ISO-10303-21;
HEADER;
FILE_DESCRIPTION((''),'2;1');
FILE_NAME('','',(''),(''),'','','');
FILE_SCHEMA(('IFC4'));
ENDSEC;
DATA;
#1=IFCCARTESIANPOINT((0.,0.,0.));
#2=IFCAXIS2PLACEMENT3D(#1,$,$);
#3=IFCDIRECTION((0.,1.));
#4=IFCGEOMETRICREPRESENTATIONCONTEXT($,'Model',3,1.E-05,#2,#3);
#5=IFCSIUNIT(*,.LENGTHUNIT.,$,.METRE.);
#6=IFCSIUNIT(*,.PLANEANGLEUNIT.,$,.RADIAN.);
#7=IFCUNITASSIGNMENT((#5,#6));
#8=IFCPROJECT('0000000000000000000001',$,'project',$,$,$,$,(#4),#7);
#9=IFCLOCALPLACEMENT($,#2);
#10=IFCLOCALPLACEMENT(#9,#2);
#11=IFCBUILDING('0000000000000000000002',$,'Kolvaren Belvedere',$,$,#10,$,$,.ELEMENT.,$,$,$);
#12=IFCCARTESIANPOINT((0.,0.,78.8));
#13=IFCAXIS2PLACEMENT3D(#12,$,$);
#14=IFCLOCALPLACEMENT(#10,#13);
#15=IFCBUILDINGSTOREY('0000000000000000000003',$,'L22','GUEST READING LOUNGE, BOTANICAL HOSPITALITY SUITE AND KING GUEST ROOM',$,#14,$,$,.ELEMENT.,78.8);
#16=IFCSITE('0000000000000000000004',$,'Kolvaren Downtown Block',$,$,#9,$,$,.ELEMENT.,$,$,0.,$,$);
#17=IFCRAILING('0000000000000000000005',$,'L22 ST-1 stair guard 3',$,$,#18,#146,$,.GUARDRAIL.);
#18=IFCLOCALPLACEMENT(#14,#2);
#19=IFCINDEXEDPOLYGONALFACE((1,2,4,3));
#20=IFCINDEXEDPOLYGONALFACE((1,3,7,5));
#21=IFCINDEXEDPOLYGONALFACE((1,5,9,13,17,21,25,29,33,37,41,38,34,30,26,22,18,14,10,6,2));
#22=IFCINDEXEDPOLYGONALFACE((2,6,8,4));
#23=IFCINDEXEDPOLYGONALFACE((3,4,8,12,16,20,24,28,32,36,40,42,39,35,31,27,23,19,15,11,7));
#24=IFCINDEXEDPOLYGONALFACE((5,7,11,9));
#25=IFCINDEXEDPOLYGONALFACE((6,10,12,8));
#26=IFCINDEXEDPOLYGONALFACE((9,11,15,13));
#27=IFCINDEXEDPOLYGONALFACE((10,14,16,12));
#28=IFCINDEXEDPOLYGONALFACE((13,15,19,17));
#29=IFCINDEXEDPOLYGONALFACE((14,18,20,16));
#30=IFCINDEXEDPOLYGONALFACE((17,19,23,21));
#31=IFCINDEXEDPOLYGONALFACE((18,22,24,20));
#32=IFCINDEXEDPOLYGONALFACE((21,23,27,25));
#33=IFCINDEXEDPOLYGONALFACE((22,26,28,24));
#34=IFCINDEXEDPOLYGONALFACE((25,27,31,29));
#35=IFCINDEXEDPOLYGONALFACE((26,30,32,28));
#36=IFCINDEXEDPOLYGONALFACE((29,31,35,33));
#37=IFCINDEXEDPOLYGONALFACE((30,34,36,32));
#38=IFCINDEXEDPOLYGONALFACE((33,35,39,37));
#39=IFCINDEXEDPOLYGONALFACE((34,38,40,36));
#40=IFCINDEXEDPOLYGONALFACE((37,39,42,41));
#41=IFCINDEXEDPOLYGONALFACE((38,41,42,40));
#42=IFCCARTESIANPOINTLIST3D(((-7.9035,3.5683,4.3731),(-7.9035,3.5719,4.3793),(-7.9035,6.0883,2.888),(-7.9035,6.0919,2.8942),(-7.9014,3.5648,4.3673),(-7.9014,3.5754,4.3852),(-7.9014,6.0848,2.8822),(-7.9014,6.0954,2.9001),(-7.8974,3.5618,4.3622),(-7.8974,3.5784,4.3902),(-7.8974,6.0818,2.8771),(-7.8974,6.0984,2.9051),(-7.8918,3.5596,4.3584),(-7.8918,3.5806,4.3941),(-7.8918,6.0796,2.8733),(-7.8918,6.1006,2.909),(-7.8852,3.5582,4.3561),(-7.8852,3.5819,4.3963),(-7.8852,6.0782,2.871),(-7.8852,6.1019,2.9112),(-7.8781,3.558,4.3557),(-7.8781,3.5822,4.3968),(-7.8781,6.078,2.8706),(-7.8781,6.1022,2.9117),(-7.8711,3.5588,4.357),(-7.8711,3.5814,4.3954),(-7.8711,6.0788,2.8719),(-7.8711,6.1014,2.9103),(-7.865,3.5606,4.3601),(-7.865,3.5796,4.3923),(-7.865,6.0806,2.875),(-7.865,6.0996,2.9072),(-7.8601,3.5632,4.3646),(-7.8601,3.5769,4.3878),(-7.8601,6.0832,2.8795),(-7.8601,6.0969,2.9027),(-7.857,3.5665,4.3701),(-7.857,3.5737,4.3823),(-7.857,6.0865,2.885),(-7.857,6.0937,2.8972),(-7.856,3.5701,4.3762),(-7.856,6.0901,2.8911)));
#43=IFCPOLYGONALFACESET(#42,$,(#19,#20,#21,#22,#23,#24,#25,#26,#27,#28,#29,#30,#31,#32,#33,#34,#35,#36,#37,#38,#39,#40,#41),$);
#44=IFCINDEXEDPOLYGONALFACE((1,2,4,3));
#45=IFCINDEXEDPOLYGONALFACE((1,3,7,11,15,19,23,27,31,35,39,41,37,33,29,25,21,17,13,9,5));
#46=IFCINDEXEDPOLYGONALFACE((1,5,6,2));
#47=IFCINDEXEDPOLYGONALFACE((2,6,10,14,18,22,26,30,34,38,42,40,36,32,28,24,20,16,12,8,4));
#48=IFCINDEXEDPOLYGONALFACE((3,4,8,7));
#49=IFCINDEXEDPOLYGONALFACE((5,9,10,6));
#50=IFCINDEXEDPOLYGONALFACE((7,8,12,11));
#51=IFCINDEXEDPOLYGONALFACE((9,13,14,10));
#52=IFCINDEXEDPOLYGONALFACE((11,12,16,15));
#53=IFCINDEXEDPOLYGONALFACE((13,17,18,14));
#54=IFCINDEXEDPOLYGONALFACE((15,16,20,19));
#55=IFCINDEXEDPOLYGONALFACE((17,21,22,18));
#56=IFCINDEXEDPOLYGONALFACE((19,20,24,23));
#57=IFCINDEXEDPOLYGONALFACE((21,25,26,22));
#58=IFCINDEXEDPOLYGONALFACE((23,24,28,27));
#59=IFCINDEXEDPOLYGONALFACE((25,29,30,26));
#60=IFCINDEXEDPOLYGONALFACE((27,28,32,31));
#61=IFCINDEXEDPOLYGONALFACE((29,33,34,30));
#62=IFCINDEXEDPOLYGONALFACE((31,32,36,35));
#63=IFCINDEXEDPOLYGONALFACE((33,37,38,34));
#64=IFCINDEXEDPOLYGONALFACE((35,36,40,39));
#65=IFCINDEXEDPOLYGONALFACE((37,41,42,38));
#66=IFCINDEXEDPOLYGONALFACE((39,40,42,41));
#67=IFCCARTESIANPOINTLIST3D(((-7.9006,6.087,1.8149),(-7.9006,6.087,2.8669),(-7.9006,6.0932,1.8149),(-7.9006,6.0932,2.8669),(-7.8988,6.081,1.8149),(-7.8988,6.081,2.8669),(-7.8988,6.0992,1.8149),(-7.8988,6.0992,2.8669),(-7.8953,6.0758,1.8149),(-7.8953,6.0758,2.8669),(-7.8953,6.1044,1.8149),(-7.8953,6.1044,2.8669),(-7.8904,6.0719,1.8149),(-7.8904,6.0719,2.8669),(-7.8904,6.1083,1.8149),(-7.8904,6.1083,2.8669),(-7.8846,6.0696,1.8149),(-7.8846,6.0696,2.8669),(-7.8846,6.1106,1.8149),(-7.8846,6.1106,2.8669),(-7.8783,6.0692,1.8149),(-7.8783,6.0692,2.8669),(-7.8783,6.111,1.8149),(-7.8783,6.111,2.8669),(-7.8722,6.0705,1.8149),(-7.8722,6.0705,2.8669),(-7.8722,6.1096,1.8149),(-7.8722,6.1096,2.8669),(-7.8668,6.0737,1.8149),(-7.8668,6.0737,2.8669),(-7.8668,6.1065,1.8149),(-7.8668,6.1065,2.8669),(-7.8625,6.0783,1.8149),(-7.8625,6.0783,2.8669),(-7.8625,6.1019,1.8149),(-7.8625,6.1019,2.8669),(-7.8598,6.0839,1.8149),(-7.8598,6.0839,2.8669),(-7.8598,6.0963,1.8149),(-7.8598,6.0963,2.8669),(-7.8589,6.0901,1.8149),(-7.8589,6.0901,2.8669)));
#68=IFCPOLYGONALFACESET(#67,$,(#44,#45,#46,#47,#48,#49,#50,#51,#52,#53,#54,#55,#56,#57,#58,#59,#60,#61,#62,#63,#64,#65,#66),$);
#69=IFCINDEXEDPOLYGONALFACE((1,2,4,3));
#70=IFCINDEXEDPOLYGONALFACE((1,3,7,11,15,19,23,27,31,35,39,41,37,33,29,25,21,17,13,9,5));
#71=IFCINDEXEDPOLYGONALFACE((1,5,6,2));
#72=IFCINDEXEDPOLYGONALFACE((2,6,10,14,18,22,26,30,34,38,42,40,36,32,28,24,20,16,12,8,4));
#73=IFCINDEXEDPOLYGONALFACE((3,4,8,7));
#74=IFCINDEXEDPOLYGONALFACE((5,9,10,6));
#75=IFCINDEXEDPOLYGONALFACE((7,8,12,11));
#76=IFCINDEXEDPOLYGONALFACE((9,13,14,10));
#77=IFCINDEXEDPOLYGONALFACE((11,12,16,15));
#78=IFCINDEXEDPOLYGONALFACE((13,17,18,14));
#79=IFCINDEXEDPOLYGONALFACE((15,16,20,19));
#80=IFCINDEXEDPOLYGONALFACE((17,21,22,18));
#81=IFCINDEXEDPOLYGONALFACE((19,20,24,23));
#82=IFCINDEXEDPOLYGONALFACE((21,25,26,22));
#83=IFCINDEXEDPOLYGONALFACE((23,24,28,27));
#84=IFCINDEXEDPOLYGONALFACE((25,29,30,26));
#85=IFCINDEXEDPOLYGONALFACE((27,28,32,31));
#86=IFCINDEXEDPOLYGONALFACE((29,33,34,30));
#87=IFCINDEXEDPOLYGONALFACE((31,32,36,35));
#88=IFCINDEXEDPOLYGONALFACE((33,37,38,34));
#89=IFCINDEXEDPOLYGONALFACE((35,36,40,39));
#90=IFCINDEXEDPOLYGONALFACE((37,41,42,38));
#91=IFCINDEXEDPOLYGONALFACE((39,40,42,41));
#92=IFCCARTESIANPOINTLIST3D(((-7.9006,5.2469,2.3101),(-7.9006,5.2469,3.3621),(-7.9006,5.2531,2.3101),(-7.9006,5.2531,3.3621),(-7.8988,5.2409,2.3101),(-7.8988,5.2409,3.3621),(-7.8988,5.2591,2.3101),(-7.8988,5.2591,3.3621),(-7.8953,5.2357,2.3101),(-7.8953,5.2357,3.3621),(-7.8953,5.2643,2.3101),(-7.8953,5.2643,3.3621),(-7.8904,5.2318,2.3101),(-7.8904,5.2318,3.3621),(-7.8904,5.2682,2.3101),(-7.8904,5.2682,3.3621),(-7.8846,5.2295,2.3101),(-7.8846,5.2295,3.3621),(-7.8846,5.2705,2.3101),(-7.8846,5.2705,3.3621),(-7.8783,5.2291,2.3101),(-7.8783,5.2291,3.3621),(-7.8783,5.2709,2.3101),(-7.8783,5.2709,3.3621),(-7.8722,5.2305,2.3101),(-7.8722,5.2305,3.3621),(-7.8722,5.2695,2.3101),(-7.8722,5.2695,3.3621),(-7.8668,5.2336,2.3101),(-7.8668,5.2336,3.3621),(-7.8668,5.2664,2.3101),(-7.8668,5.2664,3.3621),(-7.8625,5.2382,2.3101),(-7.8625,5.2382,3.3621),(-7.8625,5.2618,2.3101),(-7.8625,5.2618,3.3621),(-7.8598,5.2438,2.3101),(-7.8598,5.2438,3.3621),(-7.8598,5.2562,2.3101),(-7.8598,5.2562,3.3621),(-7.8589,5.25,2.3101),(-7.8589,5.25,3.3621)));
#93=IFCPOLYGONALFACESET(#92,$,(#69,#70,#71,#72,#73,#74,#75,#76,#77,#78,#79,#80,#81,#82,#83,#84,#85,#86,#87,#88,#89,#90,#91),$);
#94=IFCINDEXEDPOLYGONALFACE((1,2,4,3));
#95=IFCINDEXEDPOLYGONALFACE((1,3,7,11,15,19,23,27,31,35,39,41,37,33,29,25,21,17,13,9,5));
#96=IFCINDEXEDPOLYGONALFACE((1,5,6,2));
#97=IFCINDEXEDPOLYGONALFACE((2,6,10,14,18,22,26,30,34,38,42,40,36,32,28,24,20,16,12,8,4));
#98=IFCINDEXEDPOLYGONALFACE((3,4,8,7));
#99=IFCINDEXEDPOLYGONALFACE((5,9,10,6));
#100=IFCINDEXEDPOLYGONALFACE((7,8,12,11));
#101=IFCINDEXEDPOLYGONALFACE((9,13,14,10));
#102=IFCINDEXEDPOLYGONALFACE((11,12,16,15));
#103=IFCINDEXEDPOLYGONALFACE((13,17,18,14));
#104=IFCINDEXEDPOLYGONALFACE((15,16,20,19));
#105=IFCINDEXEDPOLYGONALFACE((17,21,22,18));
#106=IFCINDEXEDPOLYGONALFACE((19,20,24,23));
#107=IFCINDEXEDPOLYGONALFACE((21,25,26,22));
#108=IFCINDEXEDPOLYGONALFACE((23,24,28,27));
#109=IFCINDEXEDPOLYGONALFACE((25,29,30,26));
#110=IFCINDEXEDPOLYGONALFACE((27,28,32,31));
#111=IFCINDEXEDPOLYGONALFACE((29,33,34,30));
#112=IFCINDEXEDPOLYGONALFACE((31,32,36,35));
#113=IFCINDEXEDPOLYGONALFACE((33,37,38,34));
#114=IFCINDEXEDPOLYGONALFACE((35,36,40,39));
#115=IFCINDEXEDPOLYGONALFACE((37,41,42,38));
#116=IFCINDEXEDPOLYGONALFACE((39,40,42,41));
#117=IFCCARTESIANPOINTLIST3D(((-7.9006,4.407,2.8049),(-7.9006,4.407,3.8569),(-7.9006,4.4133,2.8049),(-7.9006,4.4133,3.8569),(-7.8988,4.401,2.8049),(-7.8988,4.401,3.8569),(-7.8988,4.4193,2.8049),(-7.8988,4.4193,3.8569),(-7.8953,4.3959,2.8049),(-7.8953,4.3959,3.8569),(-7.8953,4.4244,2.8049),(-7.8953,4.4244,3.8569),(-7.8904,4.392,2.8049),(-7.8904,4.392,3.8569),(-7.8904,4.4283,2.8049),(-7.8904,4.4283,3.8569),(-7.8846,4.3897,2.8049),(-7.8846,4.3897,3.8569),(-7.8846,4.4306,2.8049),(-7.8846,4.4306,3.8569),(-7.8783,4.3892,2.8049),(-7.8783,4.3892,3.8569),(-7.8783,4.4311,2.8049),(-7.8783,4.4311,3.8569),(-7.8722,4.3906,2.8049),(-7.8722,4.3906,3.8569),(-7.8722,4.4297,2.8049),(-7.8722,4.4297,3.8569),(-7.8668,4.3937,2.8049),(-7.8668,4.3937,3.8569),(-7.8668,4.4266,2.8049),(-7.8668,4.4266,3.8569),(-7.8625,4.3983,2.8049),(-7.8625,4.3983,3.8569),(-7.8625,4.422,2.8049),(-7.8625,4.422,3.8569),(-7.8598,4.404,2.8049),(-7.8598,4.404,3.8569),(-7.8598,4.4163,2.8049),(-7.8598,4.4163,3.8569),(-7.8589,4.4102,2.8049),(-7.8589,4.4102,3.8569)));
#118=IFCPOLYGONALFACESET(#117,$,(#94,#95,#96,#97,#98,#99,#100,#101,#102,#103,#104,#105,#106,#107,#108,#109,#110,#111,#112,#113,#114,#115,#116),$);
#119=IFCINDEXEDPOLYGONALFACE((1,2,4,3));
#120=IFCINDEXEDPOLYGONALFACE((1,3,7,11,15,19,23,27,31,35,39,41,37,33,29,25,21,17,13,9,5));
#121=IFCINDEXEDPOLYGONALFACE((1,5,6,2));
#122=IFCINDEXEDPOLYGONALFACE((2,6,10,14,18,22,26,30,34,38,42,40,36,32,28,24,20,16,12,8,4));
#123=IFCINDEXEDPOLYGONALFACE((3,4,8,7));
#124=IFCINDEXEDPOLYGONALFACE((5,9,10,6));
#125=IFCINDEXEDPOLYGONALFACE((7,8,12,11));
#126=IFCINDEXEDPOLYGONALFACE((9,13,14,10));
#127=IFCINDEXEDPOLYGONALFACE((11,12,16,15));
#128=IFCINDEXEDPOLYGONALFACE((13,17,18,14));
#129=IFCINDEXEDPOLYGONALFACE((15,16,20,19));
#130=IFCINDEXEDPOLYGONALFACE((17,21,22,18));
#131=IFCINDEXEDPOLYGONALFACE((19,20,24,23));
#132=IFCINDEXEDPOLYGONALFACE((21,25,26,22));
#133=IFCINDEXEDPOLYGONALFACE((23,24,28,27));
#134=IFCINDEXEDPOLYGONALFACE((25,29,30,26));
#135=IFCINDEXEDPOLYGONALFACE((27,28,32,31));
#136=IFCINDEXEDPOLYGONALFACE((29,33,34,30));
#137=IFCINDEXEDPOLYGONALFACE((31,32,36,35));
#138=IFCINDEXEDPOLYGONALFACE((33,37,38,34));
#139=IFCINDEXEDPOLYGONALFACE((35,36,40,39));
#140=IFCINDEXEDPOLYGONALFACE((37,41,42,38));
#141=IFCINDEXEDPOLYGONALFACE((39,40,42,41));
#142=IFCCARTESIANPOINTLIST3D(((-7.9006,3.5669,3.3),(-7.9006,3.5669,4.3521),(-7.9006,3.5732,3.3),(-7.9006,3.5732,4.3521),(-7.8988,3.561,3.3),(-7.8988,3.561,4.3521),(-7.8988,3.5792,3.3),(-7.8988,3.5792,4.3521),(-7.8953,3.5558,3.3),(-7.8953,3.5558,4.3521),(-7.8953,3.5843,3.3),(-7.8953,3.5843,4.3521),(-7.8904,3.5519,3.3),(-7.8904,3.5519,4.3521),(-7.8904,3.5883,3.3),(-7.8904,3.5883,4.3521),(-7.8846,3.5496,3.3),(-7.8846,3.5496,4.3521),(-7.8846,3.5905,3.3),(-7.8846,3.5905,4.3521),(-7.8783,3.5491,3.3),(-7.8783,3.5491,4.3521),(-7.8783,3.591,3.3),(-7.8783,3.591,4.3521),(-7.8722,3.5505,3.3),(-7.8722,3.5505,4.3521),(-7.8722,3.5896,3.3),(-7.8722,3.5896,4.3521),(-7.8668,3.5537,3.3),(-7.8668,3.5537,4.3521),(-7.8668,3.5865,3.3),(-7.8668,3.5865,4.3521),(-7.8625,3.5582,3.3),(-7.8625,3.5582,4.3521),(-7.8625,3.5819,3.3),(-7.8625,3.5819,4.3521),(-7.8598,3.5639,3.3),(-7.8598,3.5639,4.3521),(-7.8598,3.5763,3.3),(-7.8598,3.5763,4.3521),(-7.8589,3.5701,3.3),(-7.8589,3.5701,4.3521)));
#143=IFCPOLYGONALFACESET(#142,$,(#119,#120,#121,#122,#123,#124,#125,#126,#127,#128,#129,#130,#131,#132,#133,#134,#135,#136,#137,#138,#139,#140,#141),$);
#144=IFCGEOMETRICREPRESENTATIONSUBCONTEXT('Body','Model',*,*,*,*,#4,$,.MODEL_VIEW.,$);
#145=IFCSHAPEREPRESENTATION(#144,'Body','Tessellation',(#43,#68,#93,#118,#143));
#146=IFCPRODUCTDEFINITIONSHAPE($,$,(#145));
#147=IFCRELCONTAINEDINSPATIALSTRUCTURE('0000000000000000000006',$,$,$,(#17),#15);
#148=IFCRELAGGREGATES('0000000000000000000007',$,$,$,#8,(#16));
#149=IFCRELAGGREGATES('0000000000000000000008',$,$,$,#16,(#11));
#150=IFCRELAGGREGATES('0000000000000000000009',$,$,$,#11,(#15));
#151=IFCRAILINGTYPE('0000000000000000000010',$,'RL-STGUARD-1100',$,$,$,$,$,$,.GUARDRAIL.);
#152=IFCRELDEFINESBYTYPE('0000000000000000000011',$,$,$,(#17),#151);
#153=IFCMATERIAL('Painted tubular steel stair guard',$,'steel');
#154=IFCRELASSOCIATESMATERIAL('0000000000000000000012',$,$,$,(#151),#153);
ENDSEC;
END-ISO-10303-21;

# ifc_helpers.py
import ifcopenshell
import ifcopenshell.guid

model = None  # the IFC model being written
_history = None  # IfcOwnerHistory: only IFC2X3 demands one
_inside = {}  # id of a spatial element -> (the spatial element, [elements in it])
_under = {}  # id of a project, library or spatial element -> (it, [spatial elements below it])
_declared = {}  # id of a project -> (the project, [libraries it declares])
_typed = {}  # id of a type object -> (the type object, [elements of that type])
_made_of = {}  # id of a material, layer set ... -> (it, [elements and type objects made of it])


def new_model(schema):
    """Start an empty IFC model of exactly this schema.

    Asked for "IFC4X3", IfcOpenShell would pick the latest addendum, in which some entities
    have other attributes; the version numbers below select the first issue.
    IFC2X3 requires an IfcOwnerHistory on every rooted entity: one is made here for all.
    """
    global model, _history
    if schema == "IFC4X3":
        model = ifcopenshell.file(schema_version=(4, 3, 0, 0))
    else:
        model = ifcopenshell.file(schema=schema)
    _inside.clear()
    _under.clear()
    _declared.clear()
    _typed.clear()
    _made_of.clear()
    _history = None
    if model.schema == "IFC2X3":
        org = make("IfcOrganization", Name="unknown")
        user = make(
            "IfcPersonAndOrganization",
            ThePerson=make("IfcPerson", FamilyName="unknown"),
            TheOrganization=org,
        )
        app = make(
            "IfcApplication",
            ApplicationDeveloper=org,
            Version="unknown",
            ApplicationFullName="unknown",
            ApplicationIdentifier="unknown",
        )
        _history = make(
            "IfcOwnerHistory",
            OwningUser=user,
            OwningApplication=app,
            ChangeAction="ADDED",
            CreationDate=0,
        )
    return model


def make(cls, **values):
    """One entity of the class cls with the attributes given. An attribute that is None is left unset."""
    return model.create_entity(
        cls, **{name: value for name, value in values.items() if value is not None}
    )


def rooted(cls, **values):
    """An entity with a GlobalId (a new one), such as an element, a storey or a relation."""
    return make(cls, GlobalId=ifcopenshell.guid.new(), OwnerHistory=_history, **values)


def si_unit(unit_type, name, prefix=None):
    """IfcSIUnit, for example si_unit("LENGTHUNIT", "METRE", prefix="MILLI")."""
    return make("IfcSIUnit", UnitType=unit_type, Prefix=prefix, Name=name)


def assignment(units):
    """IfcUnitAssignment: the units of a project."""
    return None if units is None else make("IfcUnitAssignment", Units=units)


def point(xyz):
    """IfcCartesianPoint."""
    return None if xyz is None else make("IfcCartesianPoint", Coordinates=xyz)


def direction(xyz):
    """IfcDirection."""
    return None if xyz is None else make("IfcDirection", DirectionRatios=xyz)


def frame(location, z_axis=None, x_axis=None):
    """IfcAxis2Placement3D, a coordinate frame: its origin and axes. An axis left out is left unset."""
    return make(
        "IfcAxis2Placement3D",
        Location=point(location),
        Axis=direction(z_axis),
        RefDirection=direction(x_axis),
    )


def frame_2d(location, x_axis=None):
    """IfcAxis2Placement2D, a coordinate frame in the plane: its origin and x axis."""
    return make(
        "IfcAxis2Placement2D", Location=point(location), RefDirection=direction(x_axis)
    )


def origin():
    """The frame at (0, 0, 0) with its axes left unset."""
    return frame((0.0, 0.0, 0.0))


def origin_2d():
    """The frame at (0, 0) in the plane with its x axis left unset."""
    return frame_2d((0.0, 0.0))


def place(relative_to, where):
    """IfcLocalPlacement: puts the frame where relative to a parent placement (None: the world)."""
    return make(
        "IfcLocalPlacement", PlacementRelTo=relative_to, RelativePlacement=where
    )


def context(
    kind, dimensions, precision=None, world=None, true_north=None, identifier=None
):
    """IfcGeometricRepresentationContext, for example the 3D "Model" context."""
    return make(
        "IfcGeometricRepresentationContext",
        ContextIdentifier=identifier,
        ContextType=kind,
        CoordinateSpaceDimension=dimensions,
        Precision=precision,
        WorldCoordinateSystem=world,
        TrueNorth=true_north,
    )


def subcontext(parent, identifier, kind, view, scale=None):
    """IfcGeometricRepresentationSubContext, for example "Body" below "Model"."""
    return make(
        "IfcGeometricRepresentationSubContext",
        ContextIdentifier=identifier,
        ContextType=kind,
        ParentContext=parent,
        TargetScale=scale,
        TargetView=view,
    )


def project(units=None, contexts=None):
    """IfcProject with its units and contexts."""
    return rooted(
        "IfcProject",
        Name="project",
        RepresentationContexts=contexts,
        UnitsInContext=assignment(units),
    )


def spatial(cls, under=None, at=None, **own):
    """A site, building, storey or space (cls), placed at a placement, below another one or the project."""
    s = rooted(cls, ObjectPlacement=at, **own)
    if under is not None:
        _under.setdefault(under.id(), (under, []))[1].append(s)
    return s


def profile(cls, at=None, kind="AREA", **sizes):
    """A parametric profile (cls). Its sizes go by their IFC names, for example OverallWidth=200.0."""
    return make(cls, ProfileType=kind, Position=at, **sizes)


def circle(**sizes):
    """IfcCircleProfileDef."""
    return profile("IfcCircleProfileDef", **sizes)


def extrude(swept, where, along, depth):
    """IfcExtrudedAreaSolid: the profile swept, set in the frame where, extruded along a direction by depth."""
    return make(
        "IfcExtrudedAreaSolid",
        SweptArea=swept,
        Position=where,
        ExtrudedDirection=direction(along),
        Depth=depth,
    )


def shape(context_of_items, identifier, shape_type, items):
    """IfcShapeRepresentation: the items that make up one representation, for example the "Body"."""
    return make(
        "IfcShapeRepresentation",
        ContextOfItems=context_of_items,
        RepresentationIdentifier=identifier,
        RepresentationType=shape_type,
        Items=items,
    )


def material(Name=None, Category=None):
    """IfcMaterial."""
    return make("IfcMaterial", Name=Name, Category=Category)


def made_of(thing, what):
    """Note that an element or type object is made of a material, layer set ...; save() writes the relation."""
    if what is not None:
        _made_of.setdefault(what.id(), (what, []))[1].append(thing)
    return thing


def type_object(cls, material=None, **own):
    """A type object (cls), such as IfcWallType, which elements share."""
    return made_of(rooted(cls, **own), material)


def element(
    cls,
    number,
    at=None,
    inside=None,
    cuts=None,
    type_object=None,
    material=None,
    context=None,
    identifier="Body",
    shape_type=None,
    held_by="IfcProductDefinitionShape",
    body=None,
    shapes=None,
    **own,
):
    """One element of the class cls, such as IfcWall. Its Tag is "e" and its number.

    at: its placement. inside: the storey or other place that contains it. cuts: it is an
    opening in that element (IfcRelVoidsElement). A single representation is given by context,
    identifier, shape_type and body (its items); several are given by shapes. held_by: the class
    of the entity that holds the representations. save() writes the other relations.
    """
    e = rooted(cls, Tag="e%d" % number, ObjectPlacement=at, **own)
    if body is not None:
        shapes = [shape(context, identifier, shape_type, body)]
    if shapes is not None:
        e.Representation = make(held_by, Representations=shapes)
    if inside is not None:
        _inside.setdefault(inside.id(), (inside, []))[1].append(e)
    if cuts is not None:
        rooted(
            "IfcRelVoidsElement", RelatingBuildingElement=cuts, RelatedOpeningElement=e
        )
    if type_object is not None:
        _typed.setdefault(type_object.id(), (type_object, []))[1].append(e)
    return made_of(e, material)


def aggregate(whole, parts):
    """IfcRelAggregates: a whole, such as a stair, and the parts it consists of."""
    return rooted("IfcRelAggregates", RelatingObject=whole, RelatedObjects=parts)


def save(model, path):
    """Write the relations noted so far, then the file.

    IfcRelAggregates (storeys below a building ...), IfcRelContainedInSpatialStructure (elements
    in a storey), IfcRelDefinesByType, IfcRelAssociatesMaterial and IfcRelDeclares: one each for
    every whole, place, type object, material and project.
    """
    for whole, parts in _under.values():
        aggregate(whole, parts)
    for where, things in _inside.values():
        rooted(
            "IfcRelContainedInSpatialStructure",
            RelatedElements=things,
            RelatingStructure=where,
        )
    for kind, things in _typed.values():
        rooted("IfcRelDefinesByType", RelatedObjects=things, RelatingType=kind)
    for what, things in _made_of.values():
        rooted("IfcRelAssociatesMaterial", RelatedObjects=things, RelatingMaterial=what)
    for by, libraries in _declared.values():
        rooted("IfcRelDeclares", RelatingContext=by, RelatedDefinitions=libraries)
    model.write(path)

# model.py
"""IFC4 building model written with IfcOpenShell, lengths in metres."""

from ifc_helpers import new_model, si_unit, direction, frame, origin, origin_2d, place, context, subcontext, project, spatial, circle, extrude, material, type_object, element, save


model = new_model("IFC4")

# Units and contexts
model_context = context("Model", 3, precision=1e-05, world=origin(), true_north=direction((0.0, 1.0)))
body_context = subcontext(model_context, "Body", "Model", "MODEL_VIEW")
ifc_project = project(units=[si_unit("LENGTHUNIT", "METRE"), si_unit("PLANEANGLEUNIT", "RADIAN")], contexts=[model_context])

# Site, building, storey
site_placement = place(None, origin())
site = spatial("IfcSite", under=ifc_project, at=site_placement, Name="Kolvaren Downtown Block", CompositionType="ELEMENT", RefElevation=0.0)
building_placement = place(site_placement, origin())
building = spatial("IfcBuilding", under=site, at=building_placement, Name="Kolvaren Belvedere", CompositionType="ELEMENT")
storey_placement = place(building_placement, frame((0.0, 0.0, 78.8)))
storey = spatial("IfcBuildingStorey", under=building, at=storey_placement, Name="L22", Description="GUEST READING LOUNGE, BOTANICAL HOSPITALITY SUITE AND KING GUEST ROOM", CompositionType="ELEMENT", Elevation=78.8)

# Railing
ifc_material_1 = material(Name="Painted tubular steel stair guard", Category="steel")
railing_type_1 = type_object("IfcRailingType", Name="RL-STGUARD-1100", PredefinedType="GUARDRAIL", material=ifc_material_1)
railing_1_placement = place(storey_placement, frame((-7.8799, 6.0901, 1.8149)))
element("IfcRailing", 1, at=railing_1_placement, inside=storey, type_object=railing_type_1, Name="L22 ST-1 stair guard 3", PredefinedType="GUARDRAIL", context=body_context, shape_type="SweptSolid", body=[
    extrude(circle(Radius=0.0239, at=origin_2d()), frame((0.0, 0.0, 1.0762), z_axis=(0.0, -0.861524, 0.507717), x_axis=(1.0, 0.0, 0.0)), (0.0, 0.0, 1.0), 2.925),
    extrude(circle(Radius=0.021, at=origin_2d()), origin(), (0.0, 0.0, 1.0), 1.052),
    extrude(circle(Radius=0.021, at=origin_2d()), frame((0.0, -0.8401, 0.4951)), (0.0, 0.0, 1.0), 1.052),
    extrude(circle(Radius=0.021, at=origin_2d()), frame((0.0, -1.6799, 0.99)), (0.0, 0.0, 1.0), 1.052),
    extrude(circle(Radius=0.021, at=origin_2d()), frame((0.0, -2.52, 1.4851)), (0.0, 0.0, 1.0), 1.052),
])

save(model, "model.ifc")
